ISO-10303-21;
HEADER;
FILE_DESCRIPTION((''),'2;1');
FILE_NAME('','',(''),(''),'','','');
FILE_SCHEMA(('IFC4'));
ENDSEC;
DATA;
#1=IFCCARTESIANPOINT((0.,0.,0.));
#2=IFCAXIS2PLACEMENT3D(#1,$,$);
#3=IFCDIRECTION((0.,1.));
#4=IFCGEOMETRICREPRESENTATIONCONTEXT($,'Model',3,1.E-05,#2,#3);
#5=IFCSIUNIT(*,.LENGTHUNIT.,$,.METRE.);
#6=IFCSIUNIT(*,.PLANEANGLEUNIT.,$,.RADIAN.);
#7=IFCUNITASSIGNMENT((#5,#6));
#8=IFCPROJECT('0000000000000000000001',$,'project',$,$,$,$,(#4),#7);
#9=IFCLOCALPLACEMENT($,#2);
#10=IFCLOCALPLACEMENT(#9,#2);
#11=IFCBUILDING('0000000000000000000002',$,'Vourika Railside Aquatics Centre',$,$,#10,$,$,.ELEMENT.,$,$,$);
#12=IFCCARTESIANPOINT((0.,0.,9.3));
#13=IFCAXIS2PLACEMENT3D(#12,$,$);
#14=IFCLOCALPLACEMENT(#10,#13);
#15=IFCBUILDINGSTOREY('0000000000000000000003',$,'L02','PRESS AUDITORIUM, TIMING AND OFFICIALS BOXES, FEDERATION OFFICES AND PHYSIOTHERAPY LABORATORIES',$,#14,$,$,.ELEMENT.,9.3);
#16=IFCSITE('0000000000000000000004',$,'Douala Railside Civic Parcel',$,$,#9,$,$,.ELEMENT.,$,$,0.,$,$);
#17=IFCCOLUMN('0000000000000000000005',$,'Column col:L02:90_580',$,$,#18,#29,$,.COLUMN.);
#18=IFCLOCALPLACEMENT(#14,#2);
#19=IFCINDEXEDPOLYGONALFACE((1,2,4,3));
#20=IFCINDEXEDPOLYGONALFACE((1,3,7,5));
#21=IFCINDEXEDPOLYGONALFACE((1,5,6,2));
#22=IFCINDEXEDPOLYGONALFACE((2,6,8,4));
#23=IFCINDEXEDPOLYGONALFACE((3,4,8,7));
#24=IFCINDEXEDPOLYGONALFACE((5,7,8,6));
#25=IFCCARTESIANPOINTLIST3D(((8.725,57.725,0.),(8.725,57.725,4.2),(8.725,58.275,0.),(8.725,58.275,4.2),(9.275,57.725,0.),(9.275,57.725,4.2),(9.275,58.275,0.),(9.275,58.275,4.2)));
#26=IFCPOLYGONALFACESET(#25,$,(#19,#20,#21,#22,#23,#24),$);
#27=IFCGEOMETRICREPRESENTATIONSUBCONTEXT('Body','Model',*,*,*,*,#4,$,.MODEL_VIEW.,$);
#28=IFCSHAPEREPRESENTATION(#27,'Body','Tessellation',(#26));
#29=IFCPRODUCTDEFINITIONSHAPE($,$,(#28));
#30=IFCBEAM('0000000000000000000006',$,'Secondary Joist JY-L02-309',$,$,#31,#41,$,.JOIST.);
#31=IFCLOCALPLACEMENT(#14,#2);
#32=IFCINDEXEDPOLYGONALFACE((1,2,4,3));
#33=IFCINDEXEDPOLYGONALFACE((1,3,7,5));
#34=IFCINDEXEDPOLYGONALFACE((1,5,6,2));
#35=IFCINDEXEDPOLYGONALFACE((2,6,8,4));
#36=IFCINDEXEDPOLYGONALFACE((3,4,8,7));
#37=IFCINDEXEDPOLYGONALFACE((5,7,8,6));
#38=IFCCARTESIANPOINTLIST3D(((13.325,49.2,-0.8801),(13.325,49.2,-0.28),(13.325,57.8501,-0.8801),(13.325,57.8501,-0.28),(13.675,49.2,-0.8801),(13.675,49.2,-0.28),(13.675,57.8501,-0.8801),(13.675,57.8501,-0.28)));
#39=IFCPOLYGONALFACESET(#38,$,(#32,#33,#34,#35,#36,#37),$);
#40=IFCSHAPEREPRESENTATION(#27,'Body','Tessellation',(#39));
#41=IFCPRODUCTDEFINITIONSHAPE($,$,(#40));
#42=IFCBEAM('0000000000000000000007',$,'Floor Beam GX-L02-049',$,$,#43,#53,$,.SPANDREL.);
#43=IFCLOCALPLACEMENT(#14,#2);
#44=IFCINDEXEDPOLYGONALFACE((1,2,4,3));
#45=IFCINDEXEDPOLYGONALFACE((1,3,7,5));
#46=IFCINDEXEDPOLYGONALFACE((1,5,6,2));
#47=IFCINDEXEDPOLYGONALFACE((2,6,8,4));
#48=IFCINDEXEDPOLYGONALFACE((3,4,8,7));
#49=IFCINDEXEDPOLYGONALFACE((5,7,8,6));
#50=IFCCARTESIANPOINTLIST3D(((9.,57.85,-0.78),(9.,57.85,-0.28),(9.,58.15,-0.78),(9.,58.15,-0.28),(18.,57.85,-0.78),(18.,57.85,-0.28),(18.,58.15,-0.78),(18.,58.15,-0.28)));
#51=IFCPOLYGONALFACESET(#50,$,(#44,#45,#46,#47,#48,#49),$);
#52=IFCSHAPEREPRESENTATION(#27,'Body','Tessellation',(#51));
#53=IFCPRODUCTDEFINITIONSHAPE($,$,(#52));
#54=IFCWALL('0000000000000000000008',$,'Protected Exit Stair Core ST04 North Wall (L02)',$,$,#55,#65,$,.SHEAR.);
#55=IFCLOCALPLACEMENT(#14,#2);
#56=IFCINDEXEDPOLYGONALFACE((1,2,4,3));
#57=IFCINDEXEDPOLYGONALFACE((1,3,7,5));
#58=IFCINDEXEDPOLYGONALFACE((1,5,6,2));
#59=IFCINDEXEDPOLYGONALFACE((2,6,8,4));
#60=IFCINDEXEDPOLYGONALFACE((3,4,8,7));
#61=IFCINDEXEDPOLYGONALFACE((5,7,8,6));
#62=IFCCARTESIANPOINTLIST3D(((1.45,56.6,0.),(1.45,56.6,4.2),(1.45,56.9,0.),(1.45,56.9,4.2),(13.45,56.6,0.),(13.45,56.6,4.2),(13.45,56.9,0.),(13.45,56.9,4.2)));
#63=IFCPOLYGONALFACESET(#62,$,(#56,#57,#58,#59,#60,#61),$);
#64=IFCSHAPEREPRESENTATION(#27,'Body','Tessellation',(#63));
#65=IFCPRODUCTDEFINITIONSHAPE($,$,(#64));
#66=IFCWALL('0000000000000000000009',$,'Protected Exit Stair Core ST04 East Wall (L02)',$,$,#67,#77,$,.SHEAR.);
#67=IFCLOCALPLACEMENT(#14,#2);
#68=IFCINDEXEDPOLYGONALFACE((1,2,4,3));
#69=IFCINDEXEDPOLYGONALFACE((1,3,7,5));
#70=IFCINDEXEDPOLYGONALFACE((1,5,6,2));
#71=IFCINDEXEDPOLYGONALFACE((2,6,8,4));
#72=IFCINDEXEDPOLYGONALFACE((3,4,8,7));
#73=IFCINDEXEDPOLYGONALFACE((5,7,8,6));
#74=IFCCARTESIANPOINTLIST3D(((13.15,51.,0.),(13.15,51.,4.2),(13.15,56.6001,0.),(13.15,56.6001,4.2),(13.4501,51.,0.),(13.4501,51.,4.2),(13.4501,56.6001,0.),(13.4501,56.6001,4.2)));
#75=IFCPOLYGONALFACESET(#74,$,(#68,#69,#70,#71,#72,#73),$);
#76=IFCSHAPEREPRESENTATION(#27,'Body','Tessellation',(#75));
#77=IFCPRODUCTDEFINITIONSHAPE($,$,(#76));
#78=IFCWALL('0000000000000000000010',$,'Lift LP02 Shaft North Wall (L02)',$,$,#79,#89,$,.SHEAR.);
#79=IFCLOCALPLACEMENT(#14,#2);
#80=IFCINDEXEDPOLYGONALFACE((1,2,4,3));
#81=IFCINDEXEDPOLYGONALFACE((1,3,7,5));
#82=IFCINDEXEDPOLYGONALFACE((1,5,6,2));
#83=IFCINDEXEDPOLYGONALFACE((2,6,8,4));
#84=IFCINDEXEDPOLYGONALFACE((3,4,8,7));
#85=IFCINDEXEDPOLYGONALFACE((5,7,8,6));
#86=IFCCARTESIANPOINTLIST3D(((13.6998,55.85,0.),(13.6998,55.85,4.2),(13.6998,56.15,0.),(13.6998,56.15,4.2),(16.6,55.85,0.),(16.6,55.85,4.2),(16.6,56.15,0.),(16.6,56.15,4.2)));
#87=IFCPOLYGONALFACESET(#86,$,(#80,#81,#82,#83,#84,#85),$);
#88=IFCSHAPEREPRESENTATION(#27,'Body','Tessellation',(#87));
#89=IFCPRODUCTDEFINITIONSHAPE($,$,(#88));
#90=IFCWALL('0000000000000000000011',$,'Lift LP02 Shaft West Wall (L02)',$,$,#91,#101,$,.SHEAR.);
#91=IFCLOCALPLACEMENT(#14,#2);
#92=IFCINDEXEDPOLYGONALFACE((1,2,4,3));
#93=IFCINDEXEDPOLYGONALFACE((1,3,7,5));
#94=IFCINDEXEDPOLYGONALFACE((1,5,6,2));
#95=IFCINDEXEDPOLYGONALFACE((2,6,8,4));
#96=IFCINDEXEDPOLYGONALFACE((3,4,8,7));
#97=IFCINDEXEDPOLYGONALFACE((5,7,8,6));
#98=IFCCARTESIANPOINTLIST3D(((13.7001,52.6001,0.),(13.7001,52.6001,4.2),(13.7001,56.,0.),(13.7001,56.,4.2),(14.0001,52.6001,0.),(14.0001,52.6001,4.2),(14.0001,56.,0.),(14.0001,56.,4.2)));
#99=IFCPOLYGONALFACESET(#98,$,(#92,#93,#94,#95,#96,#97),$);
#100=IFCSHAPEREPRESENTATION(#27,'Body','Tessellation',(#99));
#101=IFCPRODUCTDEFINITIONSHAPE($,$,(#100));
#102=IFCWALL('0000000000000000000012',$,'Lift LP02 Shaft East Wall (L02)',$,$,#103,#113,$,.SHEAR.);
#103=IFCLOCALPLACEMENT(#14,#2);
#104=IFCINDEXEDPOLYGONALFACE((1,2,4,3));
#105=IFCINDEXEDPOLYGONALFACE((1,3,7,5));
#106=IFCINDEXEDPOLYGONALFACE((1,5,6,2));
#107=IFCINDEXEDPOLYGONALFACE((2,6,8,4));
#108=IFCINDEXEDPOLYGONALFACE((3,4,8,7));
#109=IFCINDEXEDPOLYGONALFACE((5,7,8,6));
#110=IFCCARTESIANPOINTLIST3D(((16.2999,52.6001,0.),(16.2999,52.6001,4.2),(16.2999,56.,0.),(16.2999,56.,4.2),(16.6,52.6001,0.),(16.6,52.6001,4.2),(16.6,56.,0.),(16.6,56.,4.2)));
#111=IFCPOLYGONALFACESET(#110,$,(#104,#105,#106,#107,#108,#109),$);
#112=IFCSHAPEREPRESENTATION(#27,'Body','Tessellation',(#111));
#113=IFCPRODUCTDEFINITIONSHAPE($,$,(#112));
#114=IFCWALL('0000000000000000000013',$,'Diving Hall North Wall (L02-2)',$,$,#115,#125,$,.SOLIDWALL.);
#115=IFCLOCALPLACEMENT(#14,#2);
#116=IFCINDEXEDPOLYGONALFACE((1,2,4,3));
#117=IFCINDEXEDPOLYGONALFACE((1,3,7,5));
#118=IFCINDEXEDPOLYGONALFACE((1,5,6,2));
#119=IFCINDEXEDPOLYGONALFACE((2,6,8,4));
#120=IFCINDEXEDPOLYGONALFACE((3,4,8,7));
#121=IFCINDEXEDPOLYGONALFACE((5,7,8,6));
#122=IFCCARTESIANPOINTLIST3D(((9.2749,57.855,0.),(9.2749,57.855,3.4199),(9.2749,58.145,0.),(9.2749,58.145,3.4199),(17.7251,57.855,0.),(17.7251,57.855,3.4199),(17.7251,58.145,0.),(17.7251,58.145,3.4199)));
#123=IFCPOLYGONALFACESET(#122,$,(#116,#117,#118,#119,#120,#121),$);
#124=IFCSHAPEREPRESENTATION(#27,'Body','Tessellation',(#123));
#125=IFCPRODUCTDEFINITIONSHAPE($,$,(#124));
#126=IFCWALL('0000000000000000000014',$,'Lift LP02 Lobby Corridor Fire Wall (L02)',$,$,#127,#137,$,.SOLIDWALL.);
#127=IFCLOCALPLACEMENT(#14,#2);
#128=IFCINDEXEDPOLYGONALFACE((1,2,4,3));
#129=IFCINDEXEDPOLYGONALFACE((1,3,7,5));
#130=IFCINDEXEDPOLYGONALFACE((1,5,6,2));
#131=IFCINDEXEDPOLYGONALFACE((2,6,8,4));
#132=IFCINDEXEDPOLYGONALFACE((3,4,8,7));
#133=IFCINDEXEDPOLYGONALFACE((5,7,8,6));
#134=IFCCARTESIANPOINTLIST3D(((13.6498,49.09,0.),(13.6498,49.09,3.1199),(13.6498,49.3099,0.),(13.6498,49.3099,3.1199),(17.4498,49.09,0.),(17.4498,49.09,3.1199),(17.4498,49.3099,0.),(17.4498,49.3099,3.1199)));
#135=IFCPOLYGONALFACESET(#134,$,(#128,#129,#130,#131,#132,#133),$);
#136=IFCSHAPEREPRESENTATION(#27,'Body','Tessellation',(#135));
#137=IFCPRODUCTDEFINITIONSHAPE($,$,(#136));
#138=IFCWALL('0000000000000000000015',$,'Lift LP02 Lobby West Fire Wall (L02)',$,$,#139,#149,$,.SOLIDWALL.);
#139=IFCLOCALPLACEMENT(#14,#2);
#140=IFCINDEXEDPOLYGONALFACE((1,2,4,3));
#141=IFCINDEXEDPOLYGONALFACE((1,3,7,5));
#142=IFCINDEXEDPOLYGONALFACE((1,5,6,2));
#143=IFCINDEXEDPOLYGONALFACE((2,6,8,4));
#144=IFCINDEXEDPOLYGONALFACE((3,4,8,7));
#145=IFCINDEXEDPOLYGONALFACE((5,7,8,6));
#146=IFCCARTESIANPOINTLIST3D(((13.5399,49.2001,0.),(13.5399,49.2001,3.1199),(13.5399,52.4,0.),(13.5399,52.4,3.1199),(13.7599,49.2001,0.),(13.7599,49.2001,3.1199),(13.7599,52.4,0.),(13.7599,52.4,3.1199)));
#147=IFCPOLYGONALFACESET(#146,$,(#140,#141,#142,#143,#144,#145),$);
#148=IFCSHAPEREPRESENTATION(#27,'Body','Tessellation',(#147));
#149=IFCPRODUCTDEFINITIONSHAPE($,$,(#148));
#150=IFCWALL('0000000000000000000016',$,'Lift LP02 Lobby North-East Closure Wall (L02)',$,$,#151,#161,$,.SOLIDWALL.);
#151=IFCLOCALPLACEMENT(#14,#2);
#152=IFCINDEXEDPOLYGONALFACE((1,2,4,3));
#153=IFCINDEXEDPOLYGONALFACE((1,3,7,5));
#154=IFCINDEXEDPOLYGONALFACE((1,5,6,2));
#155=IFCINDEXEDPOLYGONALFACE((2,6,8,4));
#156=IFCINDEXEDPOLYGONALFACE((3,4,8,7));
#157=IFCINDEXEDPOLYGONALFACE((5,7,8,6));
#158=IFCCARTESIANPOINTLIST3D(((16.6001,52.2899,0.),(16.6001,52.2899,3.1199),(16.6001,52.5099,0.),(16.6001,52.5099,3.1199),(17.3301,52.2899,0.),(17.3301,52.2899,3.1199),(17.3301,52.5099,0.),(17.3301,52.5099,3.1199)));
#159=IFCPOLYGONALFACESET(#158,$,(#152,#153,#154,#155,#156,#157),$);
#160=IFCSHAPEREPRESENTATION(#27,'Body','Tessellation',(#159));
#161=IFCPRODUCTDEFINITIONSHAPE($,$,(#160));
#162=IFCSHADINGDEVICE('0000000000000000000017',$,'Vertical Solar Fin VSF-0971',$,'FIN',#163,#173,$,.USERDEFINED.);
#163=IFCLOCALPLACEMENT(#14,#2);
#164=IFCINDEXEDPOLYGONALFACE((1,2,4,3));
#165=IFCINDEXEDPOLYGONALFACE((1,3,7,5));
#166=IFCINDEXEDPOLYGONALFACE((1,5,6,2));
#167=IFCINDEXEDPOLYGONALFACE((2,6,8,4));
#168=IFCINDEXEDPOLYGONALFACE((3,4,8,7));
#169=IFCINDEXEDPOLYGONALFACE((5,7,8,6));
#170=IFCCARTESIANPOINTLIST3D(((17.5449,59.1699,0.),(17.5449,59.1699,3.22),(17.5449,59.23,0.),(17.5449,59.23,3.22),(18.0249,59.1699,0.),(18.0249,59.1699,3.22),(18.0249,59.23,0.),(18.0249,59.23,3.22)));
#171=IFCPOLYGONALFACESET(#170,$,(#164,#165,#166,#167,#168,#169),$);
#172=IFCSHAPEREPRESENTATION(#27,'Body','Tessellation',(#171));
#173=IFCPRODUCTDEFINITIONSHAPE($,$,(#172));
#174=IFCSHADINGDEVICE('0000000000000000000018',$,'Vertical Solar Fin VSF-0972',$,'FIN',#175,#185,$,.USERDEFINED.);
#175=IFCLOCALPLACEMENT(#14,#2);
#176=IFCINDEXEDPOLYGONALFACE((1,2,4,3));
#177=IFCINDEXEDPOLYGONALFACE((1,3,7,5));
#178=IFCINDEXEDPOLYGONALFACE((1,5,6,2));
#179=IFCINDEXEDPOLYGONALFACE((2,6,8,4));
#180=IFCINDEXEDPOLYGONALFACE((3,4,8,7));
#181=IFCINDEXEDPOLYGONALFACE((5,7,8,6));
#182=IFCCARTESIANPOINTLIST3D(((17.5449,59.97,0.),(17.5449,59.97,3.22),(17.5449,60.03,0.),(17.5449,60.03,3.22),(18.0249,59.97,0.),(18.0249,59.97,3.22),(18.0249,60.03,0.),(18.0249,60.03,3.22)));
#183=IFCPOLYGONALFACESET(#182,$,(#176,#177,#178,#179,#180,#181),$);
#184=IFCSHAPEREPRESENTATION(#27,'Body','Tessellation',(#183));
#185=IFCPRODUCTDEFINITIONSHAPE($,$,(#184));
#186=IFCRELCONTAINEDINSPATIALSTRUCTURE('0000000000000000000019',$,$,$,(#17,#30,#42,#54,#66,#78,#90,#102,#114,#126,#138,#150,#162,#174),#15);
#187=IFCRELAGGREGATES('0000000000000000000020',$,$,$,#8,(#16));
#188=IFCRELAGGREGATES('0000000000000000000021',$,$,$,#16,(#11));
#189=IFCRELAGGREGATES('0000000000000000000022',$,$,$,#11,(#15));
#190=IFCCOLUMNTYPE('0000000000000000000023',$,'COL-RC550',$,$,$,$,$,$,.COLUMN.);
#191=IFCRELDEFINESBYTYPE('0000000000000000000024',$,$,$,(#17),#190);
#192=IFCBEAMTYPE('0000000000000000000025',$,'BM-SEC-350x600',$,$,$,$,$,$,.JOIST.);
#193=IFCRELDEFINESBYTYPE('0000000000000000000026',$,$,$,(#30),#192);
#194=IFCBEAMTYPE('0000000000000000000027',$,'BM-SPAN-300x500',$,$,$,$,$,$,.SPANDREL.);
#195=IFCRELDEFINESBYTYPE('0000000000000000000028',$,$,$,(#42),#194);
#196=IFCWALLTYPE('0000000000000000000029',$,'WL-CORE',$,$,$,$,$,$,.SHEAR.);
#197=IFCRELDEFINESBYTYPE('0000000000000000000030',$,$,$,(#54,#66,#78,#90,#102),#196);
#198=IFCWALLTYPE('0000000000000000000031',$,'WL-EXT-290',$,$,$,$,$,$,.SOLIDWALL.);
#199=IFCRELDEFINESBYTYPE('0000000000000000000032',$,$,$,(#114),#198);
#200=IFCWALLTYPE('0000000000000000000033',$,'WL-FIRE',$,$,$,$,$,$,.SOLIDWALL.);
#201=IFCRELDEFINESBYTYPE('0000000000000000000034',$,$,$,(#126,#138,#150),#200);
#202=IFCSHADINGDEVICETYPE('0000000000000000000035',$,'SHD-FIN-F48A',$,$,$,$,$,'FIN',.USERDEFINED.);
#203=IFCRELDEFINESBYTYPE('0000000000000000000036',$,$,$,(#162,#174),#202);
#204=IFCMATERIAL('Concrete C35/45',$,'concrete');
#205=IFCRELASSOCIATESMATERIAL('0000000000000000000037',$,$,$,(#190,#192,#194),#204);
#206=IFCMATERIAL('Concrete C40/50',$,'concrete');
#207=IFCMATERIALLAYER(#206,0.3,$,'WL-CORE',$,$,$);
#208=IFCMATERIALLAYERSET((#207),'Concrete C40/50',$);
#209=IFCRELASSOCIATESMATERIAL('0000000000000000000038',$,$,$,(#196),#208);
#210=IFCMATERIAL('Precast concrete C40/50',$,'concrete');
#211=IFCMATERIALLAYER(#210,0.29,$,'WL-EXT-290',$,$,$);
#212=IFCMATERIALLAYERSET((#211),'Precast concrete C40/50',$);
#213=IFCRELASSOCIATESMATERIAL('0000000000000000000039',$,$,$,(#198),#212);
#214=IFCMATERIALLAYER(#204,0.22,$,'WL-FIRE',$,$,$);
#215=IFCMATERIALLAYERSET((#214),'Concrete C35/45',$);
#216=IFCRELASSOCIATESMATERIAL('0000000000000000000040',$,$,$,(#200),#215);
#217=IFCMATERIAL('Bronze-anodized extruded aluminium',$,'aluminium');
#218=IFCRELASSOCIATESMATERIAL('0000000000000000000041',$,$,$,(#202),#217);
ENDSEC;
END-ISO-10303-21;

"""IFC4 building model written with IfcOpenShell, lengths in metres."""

from ifc_helpers import new_model, si_unit, direction, frame, frame_2d, origin, origin_2d, place, context, subcontext, project, spatial, rectangle, extrude, material, layer, layer_set, material_profile, profile_set, type_object, element, save


model = new_model("IFC4")

# Units and contexts
model_context = context("Model", 3, precision=1e-05, world=origin(), true_north=direction((0.0, 1.0)))
body_context = subcontext(model_context, "Body", "Model", "MODEL_VIEW")
ifc_project = project(units=[si_unit("LENGTHUNIT", "METRE"), si_unit("PLANEANGLEUNIT", "RADIAN")], contexts=[model_context])

# Site, building, storey
site_placement = place(None, origin())
site = spatial("IfcSite", under=ifc_project, at=site_placement, Name="Douala Railside Civic Parcel", CompositionType="ELEMENT", RefElevation=0.0)
building_placement = place(site_placement, origin())
building = spatial("IfcBuilding", under=site, at=building_placement, Name="Vourika Railside Aquatics Centre", CompositionType="ELEMENT")
storey_placement = place(building_placement, frame((0.0, 0.0, 9.3)))
storey = spatial("IfcBuildingStorey", under=building, at=storey_placement, Name="L02", Description="PRESS AUDITORIUM, TIMING AND OFFICIALS BOXES, FEDERATION OFFICES AND PHYSIOTHERAPY LABORATORIES", CompositionType="ELEMENT", Elevation=9.3)

# Column
ifc_material_1 = material(Name="Concrete C35/45", Category="concrete")
ifc_material_profile_1 = material_profile(ifc_material_1, rectangle(XDim=0.55, YDim=0.55, at=origin_2d()), Name="RC 550x550")
ifc_profile_set_1 = profile_set([ifc_material_profile_1], Name="Concrete C35/45")
column_type = type_object("IfcColumnType", Name="COL-RC550", PredefinedType="COLUMN", material=ifc_profile_set_1)
column_placement = place(storey_placement, frame((9.0, 58.0, 0.0), z_axis=(0.0, 0.0, 1.0), x_axis=(1.0, 0.0, 0.0)))
element("IfcColumn", 1, at=column_placement, inside=storey, type_object=column_type, Name="Column col:L02:90_580", PredefinedType="COLUMN", context=body_context, shape_type="SweptSolid", body=[
    extrude(rectangle(XDim=0.55, YDim=0.55, at=origin_2d()), origin(), (0.0, 0.0, 1.0), 4.2),
])

# Beams
ifc_material_profile_2 = material_profile(ifc_material_1, rectangle(XDim=0.3501, YDim=0.6001, at=origin_2d()), Name="RC 350x600")
ifc_profile_set_2 = profile_set([ifc_material_profile_2], Name="Concrete C35/45")
beam_type_1 = type_object("IfcBeamType", Name="BM-SEC-350x600", PredefinedType="JOIST", material=ifc_profile_set_2)
beam_1_placement = place(storey_placement, frame((13.5, 49.2, -0.5801), z_axis=(0.0, 1.0, 0.0), x_axis=(-1.0, 0.0, 0.0)))
element("IfcBeam", 2, at=beam_1_placement, inside=storey, type_object=beam_type_1, Name="Secondary Joist JY-L02-309", PredefinedType="JOIST", context=body_context, shape_type="SweptSolid", body=[
    extrude(rectangle(XDim=0.3501, YDim=0.6001, at=origin_2d()), origin(), (0.0, 0.0, 1.0), 8.6501),
])
ifc_material_profile_3 = material_profile(ifc_material_1, rectangle(XDim=0.3, YDim=0.5, at=origin_2d()), Name="RC 300x500")
ifc_profile_set_3 = profile_set([ifc_material_profile_3], Name="Concrete C35/45")
beam_type_2 = type_object("IfcBeamType", Name="BM-SPAN-300x500", PredefinedType="SPANDREL", material=ifc_profile_set_3)
beam_2_placement = place(storey_placement, frame((9.0, 58.0, -0.53), z_axis=(1.0, 0.0, 0.0), x_axis=(0.0, 1.0, 0.0)))
element("IfcBeam", 3, at=beam_2_placement, inside=storey, type_object=beam_type_2, Name="Floor Beam GX-L02-049", PredefinedType="SPANDREL", context=body_context, shape_type="SweptSolid", body=[
    extrude(rectangle(XDim=0.3, YDim=0.5, at=origin_2d()), origin(), (0.0, 0.0, 1.0), 9.0),
])

# Walls
ifc_material_2 = material(Name="Concrete C40/50", Category="concrete")
ifc_layer_1 = layer(ifc_material_2, 0.3, Name="WL-CORE")
ifc_layer_set_1 = layer_set([ifc_layer_1], Name="Concrete C40/50")
wall_type_1 = type_object("IfcWallType", Name="WL-CORE", PredefinedType="SHEAR", material=ifc_layer_set_1)
wall_1_placement = place(storey_placement, frame((13.45, 56.75, 0.0), z_axis=(0.0, 0.0, 1.0), x_axis=(-1.0, 0.0, 0.0)))
element("IfcWall", 4, at=wall_1_placement, inside=storey, type_object=wall_type_1, Name="Protected Exit Stair Core ST04 North Wall (L02)", PredefinedType="SHEAR", context=body_context, shape_type="SweptSolid", body=[
    extrude(rectangle(XDim=12.0, YDim=0.3, at=frame_2d((6.0, 0.0))), origin(), (0.0, 0.0, 1.0), 4.2),
])
wall_2_placement = place(storey_placement, frame((13.3, 51.0, 0.0), z_axis=(0.0, 0.0, 1.0), x_axis=(0.0, 1.0, 0.0)))
element("IfcWall", 5, at=wall_2_placement, inside=storey, type_object=wall_type_1, Name="Protected Exit Stair Core ST04 East Wall (L02)", PredefinedType="SHEAR", context=body_context, shape_type="SweptSolid", body=[
    extrude(rectangle(XDim=5.6001, YDim=0.3, at=frame_2d((2.8, 0.0))), origin(), (0.0, 0.0, 1.0), 4.2),
])

# Walls
wall_3_placement = place(storey_placement, frame((16.6001, 56.0, 0.0), z_axis=(0.0, 0.0, 1.0), x_axis=(-1.0, 0.0, 0.0)))
element("IfcWall", 6, at=wall_3_placement, inside=storey, type_object=wall_type_1, Name="Lift LP02 Shaft North Wall (L02)", PredefinedType="SHEAR", context=body_context, shape_type="SweptSolid", body=[
    extrude(rectangle(XDim=2.9001, YDim=0.3, at=frame_2d((1.4502, 0.0))), origin(), (0.0, 0.0, 1.0), 4.2),
])
for number, where, z_axis, x_axis, name in (
    (7, (13.8501, 56.0, 0.0), (0.0, 0.0, 1.0), (0.0, -1.0, 0.0), "Lift LP02 Shaft West Wall (L02)"),
    (8, (16.45, 52.6001, 0.0), (0.0, 0.0, 1.0), (0.0, 1.0, 0.0), "Lift LP02 Shaft East Wall (L02)"),
):
    element("IfcWall", number, at=place(storey_placement, frame(where, z_axis=z_axis, x_axis=x_axis)), inside=storey, type_object=wall_type_1, Name=name, PredefinedType="SHEAR", context=body_context, shape_type="SweptSolid", body=[
        extrude(rectangle(XDim=3.3999, YDim=0.3, at=frame_2d((1.7, 0.0))), origin(), (0.0, 0.0, 1.0), 4.2),
    ])
ifc_material_3 = material(Name="Precast concrete C40/50", Category="concrete")
ifc_layer_2 = layer(ifc_material_3, 0.29, Name="WL-EXT-290")
ifc_layer_set_2 = layer_set([ifc_layer_2], Name="Precast concrete C40/50")
wall_type_2 = type_object("IfcWallType", Name="WL-EXT-290", PredefinedType="SOLIDWALL", material=ifc_layer_set_2)
wall_4_placement = place(storey_placement, frame((17.7251, 58.0, 0.0), z_axis=(0.0, 0.0, 1.0), x_axis=(-1.0, 0.0, 0.0)))
element("IfcWall", 9, at=wall_4_placement, inside=storey, type_object=wall_type_2, Name="Diving Hall North Wall (L02-2)", PredefinedType="SOLIDWALL", context=body_context, shape_type="SweptSolid", body=[
    extrude(rectangle(XDim=8.4502, YDim=0.29, at=frame_2d((4.2251, 0.0))), origin(), (0.0, 0.0, 1.0), 3.4199),
])
ifc_layer_3 = layer(ifc_material_1, 0.22, Name="WL-FIRE")
ifc_layer_set_3 = layer_set([ifc_layer_3], Name="Concrete C35/45")
wall_type_3 = type_object("IfcWallType", Name="WL-FIRE", PredefinedType="SOLIDWALL", material=ifc_layer_set_3)
wall_5_placement = place(storey_placement, frame((13.6499, 49.2, 0.0), z_axis=(0.0, 0.0, 1.0), x_axis=(1.0, 0.0, 0.0)))
element("IfcWall", 10, at=wall_5_placement, inside=storey, type_object=wall_type_3, Name="Lift LP02 Lobby Corridor Fire Wall (L02)", PredefinedType="SOLIDWALL", context=body_context, shape_type="SweptSolid", body=[
    extrude(rectangle(XDim=3.8, YDim=0.22, at=frame_2d((1.8999, 0.0))), origin(), (0.0, 0.0, 1.0), 3.1199),
])
wall_6_placement = place(storey_placement, frame((13.6499, 49.2, 0.0), z_axis=(0.0, 0.0, 1.0), x_axis=(0.0, 1.0, 0.0)))
element("IfcWall", 11, at=wall_6_placement, inside=storey, type_object=wall_type_3, Name="Lift LP02 Lobby West Fire Wall (L02)", PredefinedType="SOLIDWALL", context=body_context, shape_type="SweptSolid", body=[
    extrude(rectangle(XDim=3.2, YDim=0.22, at=frame_2d((1.6001, 0.0))), origin(), (0.0, 0.0, 1.0), 3.1199),
])

# Wall
wall_7_placement = place(storey_placement, frame((16.6001, 52.3999, 0.0), z_axis=(0.0, 0.0, 1.0), x_axis=(1.0, 0.0, 0.0)))
element("IfcWall", 12, at=wall_7_placement, inside=storey, type_object=wall_type_3, Name="Lift LP02 Lobby North-East Closure Wall (L02)", PredefinedType="SOLIDWALL", context=body_context, shape_type="SweptSolid", body=[
    extrude(rectangle(XDim=0.73, YDim=0.22, at=frame_2d((0.365, 0.0))), origin(), (0.0, 0.0, 1.0), 3.1199),
])

# Shading devices
ifc_material_4 = material(Name="Bronze-anodized extruded aluminium", Category="aluminium")
ifc_material_profile_4 = material_profile(ifc_material_4, rectangle(XDim=0.0601, YDim=0.48, at=origin_2d()), Name="ALU-FIN 60x480")
ifc_profile_set_4 = profile_set([ifc_material_profile_4], Name="Bronze-anodized extruded aluminium")
shading_device_type = type_object("IfcShadingDeviceType", Name="SHD-FIN-F48A", ElementType="FIN", PredefinedType="USERDEFINED", material=ifc_profile_set_4)
for number, where, z_axis, x_axis, name in (
    (13, (17.7849, 59.2, 0.0), (0.0, 0.0, 1.0), (0.0, 1.0, 0.0), "Vertical Solar Fin VSF-0971"),
    (14, (17.7849, 60.0, 0.0), (0.0, 0.0, 1.0), (0.0, 1.0, 0.0), "Vertical Solar Fin VSF-0972"),
):
    element("IfcShadingDevice", number, at=place(storey_placement, frame(where, z_axis=z_axis, x_axis=x_axis)), inside=storey, type_object=shading_device_type, Name=name, ObjectType="FIN", PredefinedType="USERDEFINED", context=body_context, shape_type="SweptSolid", body=[
        extrude(rectangle(XDim=0.0601, YDim=0.48, at=origin_2d()), origin(), (0.0, 0.0, 1.0), 3.22),
    ])

save(model, "model.ifc")
